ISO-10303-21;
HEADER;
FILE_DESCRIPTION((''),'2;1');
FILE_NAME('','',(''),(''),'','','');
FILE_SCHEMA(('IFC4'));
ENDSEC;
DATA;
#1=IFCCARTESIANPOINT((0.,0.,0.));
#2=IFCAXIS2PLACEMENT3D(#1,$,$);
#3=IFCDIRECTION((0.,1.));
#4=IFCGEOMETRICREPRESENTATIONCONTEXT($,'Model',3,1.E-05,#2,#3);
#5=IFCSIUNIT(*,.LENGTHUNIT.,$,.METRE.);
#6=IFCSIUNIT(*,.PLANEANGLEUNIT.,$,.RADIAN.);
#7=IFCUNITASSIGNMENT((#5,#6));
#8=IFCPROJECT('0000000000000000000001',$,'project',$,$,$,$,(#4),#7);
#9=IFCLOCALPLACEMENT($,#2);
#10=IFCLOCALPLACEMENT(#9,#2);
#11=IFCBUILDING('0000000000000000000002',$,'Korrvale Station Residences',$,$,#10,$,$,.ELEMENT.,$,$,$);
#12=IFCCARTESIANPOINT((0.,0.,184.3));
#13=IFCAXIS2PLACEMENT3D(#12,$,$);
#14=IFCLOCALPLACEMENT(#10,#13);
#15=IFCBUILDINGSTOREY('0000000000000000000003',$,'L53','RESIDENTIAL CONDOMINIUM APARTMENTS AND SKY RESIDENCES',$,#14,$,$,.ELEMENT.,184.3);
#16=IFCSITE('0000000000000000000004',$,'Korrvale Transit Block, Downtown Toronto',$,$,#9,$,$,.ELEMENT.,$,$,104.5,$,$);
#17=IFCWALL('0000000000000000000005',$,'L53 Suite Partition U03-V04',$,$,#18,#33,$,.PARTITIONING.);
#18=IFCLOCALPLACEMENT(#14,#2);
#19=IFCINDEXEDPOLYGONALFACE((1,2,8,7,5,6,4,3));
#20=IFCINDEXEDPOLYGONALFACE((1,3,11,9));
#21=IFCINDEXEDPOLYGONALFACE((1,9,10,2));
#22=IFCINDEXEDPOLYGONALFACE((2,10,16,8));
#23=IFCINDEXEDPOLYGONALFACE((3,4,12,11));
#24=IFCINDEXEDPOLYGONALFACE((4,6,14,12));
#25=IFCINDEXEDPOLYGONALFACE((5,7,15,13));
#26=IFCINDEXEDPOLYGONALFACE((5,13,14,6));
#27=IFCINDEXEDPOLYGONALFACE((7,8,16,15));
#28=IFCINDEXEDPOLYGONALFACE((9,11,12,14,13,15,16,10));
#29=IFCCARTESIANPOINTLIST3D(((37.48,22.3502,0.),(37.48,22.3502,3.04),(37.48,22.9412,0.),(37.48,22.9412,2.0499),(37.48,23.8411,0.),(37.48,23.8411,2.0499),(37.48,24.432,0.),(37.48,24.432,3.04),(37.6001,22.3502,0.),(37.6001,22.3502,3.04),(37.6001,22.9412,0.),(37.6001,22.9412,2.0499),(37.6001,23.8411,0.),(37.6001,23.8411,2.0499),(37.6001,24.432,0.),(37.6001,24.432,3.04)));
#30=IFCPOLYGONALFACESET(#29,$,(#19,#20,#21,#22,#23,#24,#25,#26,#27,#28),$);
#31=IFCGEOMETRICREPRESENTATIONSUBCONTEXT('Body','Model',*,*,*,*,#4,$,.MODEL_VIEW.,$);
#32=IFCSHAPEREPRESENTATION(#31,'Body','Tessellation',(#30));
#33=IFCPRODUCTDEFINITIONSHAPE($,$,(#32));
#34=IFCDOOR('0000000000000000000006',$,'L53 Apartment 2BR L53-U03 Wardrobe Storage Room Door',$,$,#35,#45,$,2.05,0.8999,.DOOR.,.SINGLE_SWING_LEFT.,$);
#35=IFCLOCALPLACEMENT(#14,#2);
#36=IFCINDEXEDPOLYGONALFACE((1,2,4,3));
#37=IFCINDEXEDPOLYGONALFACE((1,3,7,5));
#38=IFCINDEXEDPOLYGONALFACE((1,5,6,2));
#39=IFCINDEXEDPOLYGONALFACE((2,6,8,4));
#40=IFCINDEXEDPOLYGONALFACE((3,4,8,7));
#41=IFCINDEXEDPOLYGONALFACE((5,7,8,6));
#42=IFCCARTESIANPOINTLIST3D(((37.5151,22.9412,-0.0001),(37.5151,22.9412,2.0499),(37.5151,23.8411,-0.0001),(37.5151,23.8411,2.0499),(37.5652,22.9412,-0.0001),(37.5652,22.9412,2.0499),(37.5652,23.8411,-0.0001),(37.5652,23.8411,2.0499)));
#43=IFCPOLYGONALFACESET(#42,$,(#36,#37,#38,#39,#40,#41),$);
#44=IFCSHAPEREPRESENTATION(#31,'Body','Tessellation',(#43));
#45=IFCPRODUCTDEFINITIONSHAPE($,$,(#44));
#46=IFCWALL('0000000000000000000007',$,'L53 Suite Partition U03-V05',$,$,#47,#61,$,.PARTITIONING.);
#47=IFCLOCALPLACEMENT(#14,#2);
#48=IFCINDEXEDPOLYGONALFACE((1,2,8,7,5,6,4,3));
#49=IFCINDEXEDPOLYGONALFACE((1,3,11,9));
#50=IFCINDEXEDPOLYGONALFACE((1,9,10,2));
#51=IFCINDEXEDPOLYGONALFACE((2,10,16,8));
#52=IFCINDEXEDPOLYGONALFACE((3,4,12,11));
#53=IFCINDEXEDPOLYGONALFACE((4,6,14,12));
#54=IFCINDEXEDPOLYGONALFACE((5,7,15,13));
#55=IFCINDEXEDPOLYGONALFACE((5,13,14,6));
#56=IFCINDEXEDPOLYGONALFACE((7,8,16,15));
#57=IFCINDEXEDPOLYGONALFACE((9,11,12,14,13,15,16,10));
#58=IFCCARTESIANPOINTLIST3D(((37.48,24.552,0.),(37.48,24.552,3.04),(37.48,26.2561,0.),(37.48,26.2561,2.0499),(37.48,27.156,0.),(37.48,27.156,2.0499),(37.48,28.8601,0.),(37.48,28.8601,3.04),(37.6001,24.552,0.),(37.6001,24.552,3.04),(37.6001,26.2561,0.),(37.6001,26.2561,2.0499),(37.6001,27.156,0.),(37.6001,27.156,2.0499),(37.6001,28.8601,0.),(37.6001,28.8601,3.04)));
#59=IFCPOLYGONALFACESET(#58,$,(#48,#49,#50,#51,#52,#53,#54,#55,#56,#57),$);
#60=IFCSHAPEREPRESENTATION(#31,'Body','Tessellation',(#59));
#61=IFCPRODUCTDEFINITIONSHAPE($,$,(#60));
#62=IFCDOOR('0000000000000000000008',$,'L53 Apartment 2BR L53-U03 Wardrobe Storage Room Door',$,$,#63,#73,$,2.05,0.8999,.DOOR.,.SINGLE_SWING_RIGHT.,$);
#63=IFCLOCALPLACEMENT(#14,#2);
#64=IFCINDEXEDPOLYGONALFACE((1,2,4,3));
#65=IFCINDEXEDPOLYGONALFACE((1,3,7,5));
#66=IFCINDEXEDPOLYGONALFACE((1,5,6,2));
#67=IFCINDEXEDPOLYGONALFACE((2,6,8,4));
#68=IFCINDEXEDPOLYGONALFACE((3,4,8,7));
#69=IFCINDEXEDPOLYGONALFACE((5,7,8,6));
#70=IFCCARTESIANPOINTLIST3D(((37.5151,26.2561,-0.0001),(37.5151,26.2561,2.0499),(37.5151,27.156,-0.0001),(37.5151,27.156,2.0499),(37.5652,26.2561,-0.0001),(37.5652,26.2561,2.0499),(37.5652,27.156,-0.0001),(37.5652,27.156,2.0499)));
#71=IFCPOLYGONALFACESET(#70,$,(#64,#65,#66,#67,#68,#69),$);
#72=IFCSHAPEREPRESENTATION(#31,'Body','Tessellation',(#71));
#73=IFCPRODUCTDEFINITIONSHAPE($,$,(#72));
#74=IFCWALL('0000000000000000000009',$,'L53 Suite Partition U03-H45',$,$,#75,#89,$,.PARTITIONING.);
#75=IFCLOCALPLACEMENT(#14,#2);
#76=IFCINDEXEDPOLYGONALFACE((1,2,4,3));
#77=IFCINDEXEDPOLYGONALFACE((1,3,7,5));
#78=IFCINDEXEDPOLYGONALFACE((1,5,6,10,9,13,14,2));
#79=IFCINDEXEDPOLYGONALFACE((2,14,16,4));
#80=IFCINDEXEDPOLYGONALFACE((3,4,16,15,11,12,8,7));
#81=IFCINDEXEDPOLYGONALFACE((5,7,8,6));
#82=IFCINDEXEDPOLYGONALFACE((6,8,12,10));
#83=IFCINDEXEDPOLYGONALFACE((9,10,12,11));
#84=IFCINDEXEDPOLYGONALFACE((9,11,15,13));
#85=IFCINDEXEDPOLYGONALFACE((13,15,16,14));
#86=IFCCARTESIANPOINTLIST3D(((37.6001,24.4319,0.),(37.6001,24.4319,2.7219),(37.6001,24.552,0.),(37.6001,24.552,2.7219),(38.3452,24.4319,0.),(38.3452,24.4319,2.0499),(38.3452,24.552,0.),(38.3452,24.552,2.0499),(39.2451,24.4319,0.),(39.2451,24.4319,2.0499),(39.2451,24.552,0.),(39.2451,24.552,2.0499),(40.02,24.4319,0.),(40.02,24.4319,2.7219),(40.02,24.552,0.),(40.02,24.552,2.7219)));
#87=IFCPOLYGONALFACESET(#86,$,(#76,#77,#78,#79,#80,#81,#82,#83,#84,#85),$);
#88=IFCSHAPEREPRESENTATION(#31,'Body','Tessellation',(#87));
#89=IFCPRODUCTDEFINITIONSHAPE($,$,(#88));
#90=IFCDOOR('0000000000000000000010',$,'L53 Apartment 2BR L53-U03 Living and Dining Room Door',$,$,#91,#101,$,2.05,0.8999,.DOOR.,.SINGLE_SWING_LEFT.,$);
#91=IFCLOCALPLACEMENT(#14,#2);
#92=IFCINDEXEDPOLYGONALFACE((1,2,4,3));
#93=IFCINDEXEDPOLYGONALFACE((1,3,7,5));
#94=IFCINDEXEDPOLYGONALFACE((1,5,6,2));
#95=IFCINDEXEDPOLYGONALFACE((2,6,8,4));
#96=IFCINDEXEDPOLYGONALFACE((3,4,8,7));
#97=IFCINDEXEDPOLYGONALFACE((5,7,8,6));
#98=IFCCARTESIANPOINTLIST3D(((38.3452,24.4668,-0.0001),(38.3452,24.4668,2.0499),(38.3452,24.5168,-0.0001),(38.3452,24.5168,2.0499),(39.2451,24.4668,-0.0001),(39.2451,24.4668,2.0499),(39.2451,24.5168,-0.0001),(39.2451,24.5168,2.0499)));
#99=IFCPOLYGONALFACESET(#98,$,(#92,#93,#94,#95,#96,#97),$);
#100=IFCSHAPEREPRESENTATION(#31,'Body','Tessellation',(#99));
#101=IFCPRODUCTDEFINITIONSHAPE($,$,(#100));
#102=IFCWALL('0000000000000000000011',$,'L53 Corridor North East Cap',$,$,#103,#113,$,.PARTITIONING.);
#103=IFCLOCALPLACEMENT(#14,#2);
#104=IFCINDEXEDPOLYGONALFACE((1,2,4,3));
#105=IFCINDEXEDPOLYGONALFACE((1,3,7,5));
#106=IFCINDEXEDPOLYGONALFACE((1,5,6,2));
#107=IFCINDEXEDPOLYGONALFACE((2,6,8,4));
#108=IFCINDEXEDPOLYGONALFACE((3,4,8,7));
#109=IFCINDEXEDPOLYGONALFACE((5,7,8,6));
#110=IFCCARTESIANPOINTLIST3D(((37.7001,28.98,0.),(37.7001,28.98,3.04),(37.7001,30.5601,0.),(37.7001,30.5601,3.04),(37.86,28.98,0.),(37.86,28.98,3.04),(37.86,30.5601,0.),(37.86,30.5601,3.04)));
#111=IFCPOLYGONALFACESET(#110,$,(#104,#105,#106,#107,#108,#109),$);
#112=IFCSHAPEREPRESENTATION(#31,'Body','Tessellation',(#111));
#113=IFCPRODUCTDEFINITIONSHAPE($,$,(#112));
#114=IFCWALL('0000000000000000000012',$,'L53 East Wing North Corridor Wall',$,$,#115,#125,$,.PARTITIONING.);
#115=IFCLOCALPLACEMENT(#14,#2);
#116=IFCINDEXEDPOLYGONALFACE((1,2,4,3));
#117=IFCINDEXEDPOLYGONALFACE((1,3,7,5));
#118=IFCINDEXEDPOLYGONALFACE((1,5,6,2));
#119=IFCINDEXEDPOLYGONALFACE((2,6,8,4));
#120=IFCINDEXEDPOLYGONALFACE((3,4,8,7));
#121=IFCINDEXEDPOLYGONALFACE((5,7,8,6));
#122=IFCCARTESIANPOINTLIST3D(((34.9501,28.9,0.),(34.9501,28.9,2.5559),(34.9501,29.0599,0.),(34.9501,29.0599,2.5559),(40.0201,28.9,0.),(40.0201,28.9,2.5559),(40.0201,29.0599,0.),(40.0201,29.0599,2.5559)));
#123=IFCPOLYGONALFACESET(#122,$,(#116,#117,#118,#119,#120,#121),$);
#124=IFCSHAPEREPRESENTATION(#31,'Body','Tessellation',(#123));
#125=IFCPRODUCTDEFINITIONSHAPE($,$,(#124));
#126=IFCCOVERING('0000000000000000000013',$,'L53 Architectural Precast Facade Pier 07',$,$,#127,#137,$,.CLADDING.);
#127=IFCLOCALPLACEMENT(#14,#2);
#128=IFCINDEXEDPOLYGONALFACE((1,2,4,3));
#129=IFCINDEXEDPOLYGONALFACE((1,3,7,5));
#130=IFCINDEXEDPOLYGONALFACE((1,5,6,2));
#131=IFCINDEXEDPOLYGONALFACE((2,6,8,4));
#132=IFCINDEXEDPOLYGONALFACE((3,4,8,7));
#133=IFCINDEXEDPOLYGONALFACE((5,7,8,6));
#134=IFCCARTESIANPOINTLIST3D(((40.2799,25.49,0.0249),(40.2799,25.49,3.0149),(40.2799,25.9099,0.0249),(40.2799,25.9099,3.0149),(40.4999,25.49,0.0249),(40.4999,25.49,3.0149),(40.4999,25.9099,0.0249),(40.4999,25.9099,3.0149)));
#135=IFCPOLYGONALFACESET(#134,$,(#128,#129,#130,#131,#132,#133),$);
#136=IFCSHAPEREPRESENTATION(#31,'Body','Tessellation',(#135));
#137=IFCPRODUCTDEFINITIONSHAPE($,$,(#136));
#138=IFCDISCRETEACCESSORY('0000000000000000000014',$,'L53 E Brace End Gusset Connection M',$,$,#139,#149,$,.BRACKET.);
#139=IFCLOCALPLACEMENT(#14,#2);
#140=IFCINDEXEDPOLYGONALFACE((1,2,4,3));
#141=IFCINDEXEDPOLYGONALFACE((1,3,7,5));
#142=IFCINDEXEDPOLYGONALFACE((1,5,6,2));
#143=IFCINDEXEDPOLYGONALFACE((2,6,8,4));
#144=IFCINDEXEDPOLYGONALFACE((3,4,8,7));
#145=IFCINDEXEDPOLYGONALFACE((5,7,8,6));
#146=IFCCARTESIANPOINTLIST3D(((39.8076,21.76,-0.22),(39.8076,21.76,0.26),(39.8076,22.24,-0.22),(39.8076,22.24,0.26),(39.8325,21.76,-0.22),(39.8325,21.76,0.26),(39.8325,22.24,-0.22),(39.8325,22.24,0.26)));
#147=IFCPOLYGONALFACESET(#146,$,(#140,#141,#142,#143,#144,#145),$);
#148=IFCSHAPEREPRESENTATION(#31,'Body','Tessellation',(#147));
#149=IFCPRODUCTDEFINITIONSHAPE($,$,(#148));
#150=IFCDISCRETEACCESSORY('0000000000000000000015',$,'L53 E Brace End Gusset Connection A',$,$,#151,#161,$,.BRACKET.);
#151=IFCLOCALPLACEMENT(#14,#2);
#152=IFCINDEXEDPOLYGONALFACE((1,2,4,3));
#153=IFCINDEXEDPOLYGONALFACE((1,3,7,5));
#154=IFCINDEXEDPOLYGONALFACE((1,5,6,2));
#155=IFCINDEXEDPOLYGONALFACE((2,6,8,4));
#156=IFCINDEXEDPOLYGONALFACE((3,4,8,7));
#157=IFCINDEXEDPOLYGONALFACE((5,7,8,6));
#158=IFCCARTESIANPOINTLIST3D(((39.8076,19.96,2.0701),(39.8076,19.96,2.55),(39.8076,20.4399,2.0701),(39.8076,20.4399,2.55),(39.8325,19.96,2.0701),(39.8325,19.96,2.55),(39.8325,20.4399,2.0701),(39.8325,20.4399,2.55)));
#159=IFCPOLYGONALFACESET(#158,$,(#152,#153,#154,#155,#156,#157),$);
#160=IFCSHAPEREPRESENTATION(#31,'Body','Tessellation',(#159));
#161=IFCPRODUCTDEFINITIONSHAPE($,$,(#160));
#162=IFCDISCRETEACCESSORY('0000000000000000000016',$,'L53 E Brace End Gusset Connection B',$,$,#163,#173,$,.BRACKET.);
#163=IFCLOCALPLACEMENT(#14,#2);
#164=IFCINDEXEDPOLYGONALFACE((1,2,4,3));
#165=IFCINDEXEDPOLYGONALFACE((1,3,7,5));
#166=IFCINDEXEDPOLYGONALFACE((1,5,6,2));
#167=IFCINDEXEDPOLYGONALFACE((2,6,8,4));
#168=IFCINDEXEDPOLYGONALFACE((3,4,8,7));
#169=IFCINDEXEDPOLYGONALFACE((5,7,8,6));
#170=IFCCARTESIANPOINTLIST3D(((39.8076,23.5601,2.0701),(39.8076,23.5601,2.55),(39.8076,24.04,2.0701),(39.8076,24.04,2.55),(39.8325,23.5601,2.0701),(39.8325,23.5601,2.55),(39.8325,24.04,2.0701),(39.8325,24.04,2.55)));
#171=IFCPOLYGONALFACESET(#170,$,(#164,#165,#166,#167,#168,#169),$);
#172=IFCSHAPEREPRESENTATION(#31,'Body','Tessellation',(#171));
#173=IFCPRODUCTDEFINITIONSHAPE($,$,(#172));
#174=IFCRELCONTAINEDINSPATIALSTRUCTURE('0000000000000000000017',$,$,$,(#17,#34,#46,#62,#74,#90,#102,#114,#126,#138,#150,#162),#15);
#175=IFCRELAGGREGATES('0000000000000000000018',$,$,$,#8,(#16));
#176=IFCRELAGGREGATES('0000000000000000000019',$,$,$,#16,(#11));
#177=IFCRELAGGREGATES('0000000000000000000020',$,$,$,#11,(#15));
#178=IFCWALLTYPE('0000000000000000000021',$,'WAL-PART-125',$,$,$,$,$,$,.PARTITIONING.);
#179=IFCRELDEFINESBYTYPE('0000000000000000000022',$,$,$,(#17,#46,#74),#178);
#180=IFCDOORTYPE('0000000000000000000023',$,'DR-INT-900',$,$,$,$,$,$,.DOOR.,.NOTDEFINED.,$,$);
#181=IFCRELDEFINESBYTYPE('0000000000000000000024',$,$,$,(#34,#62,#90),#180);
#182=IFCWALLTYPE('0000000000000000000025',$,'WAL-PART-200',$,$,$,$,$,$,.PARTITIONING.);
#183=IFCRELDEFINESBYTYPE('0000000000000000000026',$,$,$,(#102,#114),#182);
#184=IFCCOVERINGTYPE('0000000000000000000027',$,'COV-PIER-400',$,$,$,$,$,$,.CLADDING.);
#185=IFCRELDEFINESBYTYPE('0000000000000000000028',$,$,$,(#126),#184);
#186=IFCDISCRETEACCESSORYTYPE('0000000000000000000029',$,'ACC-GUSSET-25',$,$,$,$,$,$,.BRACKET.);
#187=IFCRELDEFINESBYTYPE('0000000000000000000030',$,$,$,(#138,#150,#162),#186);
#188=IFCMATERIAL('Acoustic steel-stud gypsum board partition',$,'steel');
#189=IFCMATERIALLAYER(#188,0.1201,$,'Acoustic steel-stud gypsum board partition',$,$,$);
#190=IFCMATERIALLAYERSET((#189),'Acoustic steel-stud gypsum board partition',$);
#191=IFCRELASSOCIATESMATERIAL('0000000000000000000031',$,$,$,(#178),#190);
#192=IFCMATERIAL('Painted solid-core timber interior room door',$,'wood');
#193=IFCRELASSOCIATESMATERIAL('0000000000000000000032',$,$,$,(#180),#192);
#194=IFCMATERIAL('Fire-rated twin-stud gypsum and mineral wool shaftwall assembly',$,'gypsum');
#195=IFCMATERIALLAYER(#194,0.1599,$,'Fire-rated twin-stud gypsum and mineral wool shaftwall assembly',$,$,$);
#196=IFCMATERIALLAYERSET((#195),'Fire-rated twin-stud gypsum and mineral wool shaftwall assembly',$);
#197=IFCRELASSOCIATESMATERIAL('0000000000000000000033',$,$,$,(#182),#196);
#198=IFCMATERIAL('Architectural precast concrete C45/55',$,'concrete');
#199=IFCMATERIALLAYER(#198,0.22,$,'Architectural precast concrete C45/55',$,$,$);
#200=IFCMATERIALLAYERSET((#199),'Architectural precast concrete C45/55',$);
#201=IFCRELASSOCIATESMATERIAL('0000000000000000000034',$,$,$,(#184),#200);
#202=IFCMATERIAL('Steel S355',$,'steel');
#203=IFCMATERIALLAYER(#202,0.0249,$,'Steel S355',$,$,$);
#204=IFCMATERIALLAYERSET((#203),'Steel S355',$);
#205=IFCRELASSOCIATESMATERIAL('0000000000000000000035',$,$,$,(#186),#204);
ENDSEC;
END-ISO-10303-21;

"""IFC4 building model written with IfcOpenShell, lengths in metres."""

from ifc_helpers import new_model, si_unit, direction, frame, frame_2d, origin, origin_2d, place, context, subcontext, project, spatial, rectangle, extrude, material, layer, layer_set, type_object, element, fill, save


model = new_model("IFC4")

# Units and contexts
model_context = context("Model", 3, precision=1e-05, world=origin(), true_north=direction((0.0, 1.0)))
body_context = subcontext(model_context, "Body", "Model", "MODEL_VIEW")
ifc_project = project(units=[si_unit("LENGTHUNIT", "METRE"), si_unit("PLANEANGLEUNIT", "RADIAN")], contexts=[model_context])

# Site, building, storey
site_placement = place(None, origin())
site = spatial("IfcSite", under=ifc_project, at=site_placement, Name="Korrvale Transit Block, Downtown Toronto", CompositionType="ELEMENT", RefElevation=104.5)
building_placement = place(site_placement, origin())
building = spatial("IfcBuilding", under=site, at=building_placement, Name="Korrvale Station Residences", CompositionType="ELEMENT")
storey_placement = place(building_placement, frame((0.0, 0.0, 184.3)))
storey = spatial("IfcBuildingStorey", under=building, at=storey_placement, Name="L53", Description="RESIDENTIAL CONDOMINIUM APARTMENTS AND SKY RESIDENCES", CompositionType="ELEMENT", Elevation=184.3)

# Shared definitions
ifc_material_1 = material(Name="Steel S355", Category="steel")

# Walls, openings, doors
ifc_material_2 = material(Name="Acoustic steel-stud gypsum board partition", Category="steel")
ifc_layer_1 = layer(ifc_material_2, 0.1201, Name="Acoustic steel-stud gypsum board partition")
ifc_layer_set_1 = layer_set([ifc_layer_1], Name="Acoustic steel-stud gypsum board partition")
wall_type_1 = type_object("IfcWallType", Name="WAL-PART-125", PredefinedType="PARTITIONING", material=ifc_layer_set_1)
ifc_material_3 = material(Name="Painted solid-core timber interior room door", Category="wood")
door_type = type_object("IfcDoorType", Name="DR-INT-900", OperationType="NOTDEFINED", PredefinedType="DOOR", material=ifc_material_3)
wall_1_placement = place(storey_placement, frame((37.54, 22.3501, 0.0), z_axis=(0.0, 0.0, 1.0), x_axis=(0.0, 1.0, 0.0)))
wall_1 = element("IfcWall", 1, at=wall_1_placement, inside=storey, type_object=wall_type_1, Name="L53 Suite Partition U03-V04", PredefinedType="PARTITIONING", context=body_context, shape_type="SweptSolid", body=[
    extrude(rectangle(XDim=2.0818, YDim=0.1201, at=frame_2d((1.041, 0.0))), origin(), (0.0, 0.0, 1.0), 3.04),
])
opening_1_placement = place(wall_1_placement, frame((0.5911, 0.0, 0.0)))
opening_1 = element("IfcOpeningElement", 2, at=opening_1_placement, cuts=wall_1, PredefinedType="OPENING", context=body_context, shape_type="SweptSolid", body=[
    extrude(rectangle(XDim=0.8999, YDim=2.05, at=frame_2d((0.45, 1.0249))), frame((0.0, 0.0701, 0.0), z_axis=(0.0, -1.0, 0.0), x_axis=(1.0, 0.0, 0.0)), (0.0, 0.0, 1.0), 0.1401),
])
door_1_placement = place(opening_1_placement, origin())
door_1 = element("IfcDoor", 3, at=door_1_placement, inside=storey, type_object=door_type, Name="L53 Apartment 2BR L53-U03 Wardrobe Storage Room Door", OperationType="SINGLE_SWING_LEFT", OverallHeight=2.05, OverallWidth=0.8999, PredefinedType="DOOR", context=body_context, shape_type="SweptSolid", body=[
    extrude(rectangle(XDim=0.8999, YDim=2.05, at=frame_2d((0.45, 1.0249))), frame((0.0, 0.0249, 0.0), z_axis=(0.0, -1.0, 0.0), x_axis=(1.0, 0.0, 0.0)), (0.0, 0.0, 1.0), 0.05),
])
fill(opening_1, door_1)
wall_2_placement = place(storey_placement, frame((37.54, 24.552, 0.0), z_axis=(0.0, 0.0, 1.0), x_axis=(0.0, 1.0, 0.0)))
wall_2 = element("IfcWall", 4, at=wall_2_placement, inside=storey, type_object=wall_type_1, Name="L53 Suite Partition U03-V05", PredefinedType="PARTITIONING", context=body_context, shape_type="SweptSolid", body=[
    extrude(rectangle(XDim=4.3081, YDim=0.1201, at=frame_2d((2.1541, 0.0))), origin(), (0.0, 0.0, 1.0), 3.04),
])
opening_2_placement = place(wall_2_placement, frame((1.7041, 0.0, 0.0)))
opening_2 = element("IfcOpeningElement", 5, at=opening_2_placement, cuts=wall_2, PredefinedType="OPENING", context=body_context, shape_type="SweptSolid", body=[
    extrude(rectangle(XDim=0.8999, YDim=2.05, at=frame_2d((0.45, 1.0249))), frame((0.0, 0.0701, 0.0), z_axis=(0.0, -1.0, 0.0), x_axis=(1.0, 0.0, 0.0)), (0.0, 0.0, 1.0), 0.1401),
])
door_2_placement = place(opening_2_placement, origin())
door_2 = element("IfcDoor", 6, at=door_2_placement, inside=storey, type_object=door_type, Name="L53 Apartment 2BR L53-U03 Wardrobe Storage Room Door", OperationType="SINGLE_SWING_RIGHT", OverallHeight=2.05, OverallWidth=0.8999, PredefinedType="DOOR", context=body_context, shape_type="SweptSolid", body=[
    extrude(rectangle(XDim=0.8999, YDim=2.05, at=frame_2d((0.45, 1.0249))), frame((0.0, 0.0249, 0.0), z_axis=(0.0, -1.0, 0.0), x_axis=(1.0, 0.0, 0.0)), (0.0, 0.0, 1.0), 0.05),
])
fill(opening_2, door_2)
wall_3_placement = place(storey_placement, frame((37.6001, 24.4919, 0.0), z_axis=(0.0, 0.0, 1.0), x_axis=(1.0, 0.0, 0.0)))
wall_3 = element("IfcWall", 7, at=wall_3_placement, inside=storey, type_object=wall_type_1, Name="L53 Suite Partition U03-H45", PredefinedType="PARTITIONING", context=body_context, shape_type="SweptSolid", body=[
    extrude(rectangle(XDim=2.4199, YDim=0.1201, at=frame_2d((1.21, 0.0))), origin(), (0.0, 0.0, 1.0), 2.7219),
])
opening_3_placement = place(wall_3_placement, frame((0.7451, 0.0, 0.0)))
opening_3 = element("IfcOpeningElement", 8, at=opening_3_placement, cuts=wall_3, PredefinedType="OPENING", context=body_context, shape_type="SweptSolid", body=[
    extrude(rectangle(XDim=0.8999, YDim=2.05, at=frame_2d((0.45, 1.0249))), frame((0.0, 0.0701, 0.0), z_axis=(0.0, -1.0, 0.0), x_axis=(1.0, 0.0, 0.0)), (0.0, 0.0, 1.0), 0.1401),
])
door_3_placement = place(opening_3_placement, origin())
door_3 = element("IfcDoor", 9, at=door_3_placement, inside=storey, type_object=door_type, Name="L53 Apartment 2BR L53-U03 Living and Dining Room Door", OperationType="SINGLE_SWING_LEFT", OverallHeight=2.05, OverallWidth=0.8999, PredefinedType="DOOR", context=body_context, shape_type="SweptSolid", body=[
    extrude(rectangle(XDim=0.8999, YDim=2.05, at=frame_2d((0.45, 1.0249))), frame((0.0, 0.0249, 0.0), z_axis=(0.0, -1.0, 0.0), x_axis=(1.0, 0.0, 0.0)), (0.0, 0.0, 1.0), 0.05),
])
fill(opening_3, door_3)

# Walls
ifc_material_4 = material(Name="Fire-rated twin-stud gypsum and mineral wool shaftwall assembly", Category="gypsum")
ifc_layer_2 = layer(ifc_material_4, 0.1599, Name="Fire-rated twin-stud gypsum and mineral wool shaftwall assembly")
ifc_layer_set_2 = layer_set([ifc_layer_2], Name="Fire-rated twin-stud gypsum and mineral wool shaftwall assembly")
wall_type_2 = type_object("IfcWallType", Name="WAL-PART-200", PredefinedType="PARTITIONING", material=ifc_layer_set_2)
wall_4_placement = place(storey_placement, frame((37.78, 28.98, 0.0), z_axis=(0.0, 0.0, 1.0), x_axis=(0.0, 1.0, 0.0)))
element("IfcWall", 10, at=wall_4_placement, inside=storey, type_object=wall_type_2, Name="L53 Corridor North East Cap", PredefinedType="PARTITIONING", context=body_context, shape_type="SweptSolid", body=[
    extrude(rectangle(XDim=1.5801, YDim=0.1599, at=frame_2d((0.79, 0.0))), origin(), (0.0, 0.0, 1.0), 3.04),
])
wall_5_placement = place(storey_placement, frame((34.95, 28.98, 0.0), z_axis=(0.0, 0.0, 1.0), x_axis=(1.0, 0.0, 0.0)))
element("IfcWall", 11, at=wall_5_placement, inside=storey, type_object=wall_type_2, Name="L53 East Wing North Corridor Wall", PredefinedType="PARTITIONING", context=body_context, shape_type="SweptSolid", body=[
    extrude(rectangle(XDim=5.0701, YDim=0.1599, at=frame_2d((2.5352, 0.0))), origin(), (0.0, 0.0, 1.0), 2.5559),
])

# Covering
ifc_material_5 = material(Name="Architectural precast concrete C45/55", Category="concrete")
ifc_layer_3 = layer(ifc_material_5, 0.22, Name="Architectural precast concrete C45/55")
ifc_layer_set_3 = layer_set([ifc_layer_3], Name="Architectural precast concrete C45/55")
covering_type = type_object("IfcCoveringType", Name="COV-PIER-400", PredefinedType="CLADDING", material=ifc_layer_set_3)
covering_placement = place(storey_placement, frame((40.3899, 25.7, 0.0249), z_axis=(0.0, 0.0, 1.0), x_axis=(0.0, 1.0, 0.0)))
element("IfcCovering", 12, at=covering_placement, inside=storey, type_object=covering_type, Name="L53 Architectural Precast Facade Pier 07", PredefinedType="CLADDING", context=body_context, shape_type="SweptSolid", body=[
    extrude(rectangle(XDim=0.4199, YDim=0.22, at=origin_2d()), origin(), (0.0, 0.0, 1.0), 2.99),
])

# Discrete accessories
ifc_layer_4 = layer(ifc_material_1, 0.0249, Name="Steel S355")
ifc_layer_set_4 = layer_set([ifc_layer_4], Name="Steel S355")
discrete_accessory_type = type_object("IfcDiscreteAccessoryType", Name="ACC-GUSSET-25", PredefinedType="BRACKET", material=ifc_layer_set_4)
for number, where, z_axis, x_axis, name in (
    (13, (39.8201, 22.0, -0.22), (0.0, 0.0, 1.0), (0.0, 1.0, 0.0), "L53 E Brace End Gusset Connection M"),
    (14, (39.8201, 20.2, 2.0701), (0.0, 0.0, 1.0), (0.0, 1.0, 0.0), "L53 E Brace End Gusset Connection A"),
    (15, (39.8201, 23.8, 2.0701), (0.0, 0.0, 1.0), (0.0, 1.0, 0.0), "L53 E Brace End Gusset Connection B"),
):
    element("IfcDiscreteAccessory", number, at=place(storey_placement, frame(where, z_axis=z_axis, x_axis=x_axis)), inside=storey, type_object=discrete_accessory_type, Name=name, PredefinedType="BRACKET", context=body_context, shape_type="SweptSolid", body=[
        extrude(rectangle(XDim=0.48, YDim=0.0249, at=origin_2d()), origin(), (0.0, 0.0, 1.0), 0.48),
    ])

save(model, "model.ifc")
